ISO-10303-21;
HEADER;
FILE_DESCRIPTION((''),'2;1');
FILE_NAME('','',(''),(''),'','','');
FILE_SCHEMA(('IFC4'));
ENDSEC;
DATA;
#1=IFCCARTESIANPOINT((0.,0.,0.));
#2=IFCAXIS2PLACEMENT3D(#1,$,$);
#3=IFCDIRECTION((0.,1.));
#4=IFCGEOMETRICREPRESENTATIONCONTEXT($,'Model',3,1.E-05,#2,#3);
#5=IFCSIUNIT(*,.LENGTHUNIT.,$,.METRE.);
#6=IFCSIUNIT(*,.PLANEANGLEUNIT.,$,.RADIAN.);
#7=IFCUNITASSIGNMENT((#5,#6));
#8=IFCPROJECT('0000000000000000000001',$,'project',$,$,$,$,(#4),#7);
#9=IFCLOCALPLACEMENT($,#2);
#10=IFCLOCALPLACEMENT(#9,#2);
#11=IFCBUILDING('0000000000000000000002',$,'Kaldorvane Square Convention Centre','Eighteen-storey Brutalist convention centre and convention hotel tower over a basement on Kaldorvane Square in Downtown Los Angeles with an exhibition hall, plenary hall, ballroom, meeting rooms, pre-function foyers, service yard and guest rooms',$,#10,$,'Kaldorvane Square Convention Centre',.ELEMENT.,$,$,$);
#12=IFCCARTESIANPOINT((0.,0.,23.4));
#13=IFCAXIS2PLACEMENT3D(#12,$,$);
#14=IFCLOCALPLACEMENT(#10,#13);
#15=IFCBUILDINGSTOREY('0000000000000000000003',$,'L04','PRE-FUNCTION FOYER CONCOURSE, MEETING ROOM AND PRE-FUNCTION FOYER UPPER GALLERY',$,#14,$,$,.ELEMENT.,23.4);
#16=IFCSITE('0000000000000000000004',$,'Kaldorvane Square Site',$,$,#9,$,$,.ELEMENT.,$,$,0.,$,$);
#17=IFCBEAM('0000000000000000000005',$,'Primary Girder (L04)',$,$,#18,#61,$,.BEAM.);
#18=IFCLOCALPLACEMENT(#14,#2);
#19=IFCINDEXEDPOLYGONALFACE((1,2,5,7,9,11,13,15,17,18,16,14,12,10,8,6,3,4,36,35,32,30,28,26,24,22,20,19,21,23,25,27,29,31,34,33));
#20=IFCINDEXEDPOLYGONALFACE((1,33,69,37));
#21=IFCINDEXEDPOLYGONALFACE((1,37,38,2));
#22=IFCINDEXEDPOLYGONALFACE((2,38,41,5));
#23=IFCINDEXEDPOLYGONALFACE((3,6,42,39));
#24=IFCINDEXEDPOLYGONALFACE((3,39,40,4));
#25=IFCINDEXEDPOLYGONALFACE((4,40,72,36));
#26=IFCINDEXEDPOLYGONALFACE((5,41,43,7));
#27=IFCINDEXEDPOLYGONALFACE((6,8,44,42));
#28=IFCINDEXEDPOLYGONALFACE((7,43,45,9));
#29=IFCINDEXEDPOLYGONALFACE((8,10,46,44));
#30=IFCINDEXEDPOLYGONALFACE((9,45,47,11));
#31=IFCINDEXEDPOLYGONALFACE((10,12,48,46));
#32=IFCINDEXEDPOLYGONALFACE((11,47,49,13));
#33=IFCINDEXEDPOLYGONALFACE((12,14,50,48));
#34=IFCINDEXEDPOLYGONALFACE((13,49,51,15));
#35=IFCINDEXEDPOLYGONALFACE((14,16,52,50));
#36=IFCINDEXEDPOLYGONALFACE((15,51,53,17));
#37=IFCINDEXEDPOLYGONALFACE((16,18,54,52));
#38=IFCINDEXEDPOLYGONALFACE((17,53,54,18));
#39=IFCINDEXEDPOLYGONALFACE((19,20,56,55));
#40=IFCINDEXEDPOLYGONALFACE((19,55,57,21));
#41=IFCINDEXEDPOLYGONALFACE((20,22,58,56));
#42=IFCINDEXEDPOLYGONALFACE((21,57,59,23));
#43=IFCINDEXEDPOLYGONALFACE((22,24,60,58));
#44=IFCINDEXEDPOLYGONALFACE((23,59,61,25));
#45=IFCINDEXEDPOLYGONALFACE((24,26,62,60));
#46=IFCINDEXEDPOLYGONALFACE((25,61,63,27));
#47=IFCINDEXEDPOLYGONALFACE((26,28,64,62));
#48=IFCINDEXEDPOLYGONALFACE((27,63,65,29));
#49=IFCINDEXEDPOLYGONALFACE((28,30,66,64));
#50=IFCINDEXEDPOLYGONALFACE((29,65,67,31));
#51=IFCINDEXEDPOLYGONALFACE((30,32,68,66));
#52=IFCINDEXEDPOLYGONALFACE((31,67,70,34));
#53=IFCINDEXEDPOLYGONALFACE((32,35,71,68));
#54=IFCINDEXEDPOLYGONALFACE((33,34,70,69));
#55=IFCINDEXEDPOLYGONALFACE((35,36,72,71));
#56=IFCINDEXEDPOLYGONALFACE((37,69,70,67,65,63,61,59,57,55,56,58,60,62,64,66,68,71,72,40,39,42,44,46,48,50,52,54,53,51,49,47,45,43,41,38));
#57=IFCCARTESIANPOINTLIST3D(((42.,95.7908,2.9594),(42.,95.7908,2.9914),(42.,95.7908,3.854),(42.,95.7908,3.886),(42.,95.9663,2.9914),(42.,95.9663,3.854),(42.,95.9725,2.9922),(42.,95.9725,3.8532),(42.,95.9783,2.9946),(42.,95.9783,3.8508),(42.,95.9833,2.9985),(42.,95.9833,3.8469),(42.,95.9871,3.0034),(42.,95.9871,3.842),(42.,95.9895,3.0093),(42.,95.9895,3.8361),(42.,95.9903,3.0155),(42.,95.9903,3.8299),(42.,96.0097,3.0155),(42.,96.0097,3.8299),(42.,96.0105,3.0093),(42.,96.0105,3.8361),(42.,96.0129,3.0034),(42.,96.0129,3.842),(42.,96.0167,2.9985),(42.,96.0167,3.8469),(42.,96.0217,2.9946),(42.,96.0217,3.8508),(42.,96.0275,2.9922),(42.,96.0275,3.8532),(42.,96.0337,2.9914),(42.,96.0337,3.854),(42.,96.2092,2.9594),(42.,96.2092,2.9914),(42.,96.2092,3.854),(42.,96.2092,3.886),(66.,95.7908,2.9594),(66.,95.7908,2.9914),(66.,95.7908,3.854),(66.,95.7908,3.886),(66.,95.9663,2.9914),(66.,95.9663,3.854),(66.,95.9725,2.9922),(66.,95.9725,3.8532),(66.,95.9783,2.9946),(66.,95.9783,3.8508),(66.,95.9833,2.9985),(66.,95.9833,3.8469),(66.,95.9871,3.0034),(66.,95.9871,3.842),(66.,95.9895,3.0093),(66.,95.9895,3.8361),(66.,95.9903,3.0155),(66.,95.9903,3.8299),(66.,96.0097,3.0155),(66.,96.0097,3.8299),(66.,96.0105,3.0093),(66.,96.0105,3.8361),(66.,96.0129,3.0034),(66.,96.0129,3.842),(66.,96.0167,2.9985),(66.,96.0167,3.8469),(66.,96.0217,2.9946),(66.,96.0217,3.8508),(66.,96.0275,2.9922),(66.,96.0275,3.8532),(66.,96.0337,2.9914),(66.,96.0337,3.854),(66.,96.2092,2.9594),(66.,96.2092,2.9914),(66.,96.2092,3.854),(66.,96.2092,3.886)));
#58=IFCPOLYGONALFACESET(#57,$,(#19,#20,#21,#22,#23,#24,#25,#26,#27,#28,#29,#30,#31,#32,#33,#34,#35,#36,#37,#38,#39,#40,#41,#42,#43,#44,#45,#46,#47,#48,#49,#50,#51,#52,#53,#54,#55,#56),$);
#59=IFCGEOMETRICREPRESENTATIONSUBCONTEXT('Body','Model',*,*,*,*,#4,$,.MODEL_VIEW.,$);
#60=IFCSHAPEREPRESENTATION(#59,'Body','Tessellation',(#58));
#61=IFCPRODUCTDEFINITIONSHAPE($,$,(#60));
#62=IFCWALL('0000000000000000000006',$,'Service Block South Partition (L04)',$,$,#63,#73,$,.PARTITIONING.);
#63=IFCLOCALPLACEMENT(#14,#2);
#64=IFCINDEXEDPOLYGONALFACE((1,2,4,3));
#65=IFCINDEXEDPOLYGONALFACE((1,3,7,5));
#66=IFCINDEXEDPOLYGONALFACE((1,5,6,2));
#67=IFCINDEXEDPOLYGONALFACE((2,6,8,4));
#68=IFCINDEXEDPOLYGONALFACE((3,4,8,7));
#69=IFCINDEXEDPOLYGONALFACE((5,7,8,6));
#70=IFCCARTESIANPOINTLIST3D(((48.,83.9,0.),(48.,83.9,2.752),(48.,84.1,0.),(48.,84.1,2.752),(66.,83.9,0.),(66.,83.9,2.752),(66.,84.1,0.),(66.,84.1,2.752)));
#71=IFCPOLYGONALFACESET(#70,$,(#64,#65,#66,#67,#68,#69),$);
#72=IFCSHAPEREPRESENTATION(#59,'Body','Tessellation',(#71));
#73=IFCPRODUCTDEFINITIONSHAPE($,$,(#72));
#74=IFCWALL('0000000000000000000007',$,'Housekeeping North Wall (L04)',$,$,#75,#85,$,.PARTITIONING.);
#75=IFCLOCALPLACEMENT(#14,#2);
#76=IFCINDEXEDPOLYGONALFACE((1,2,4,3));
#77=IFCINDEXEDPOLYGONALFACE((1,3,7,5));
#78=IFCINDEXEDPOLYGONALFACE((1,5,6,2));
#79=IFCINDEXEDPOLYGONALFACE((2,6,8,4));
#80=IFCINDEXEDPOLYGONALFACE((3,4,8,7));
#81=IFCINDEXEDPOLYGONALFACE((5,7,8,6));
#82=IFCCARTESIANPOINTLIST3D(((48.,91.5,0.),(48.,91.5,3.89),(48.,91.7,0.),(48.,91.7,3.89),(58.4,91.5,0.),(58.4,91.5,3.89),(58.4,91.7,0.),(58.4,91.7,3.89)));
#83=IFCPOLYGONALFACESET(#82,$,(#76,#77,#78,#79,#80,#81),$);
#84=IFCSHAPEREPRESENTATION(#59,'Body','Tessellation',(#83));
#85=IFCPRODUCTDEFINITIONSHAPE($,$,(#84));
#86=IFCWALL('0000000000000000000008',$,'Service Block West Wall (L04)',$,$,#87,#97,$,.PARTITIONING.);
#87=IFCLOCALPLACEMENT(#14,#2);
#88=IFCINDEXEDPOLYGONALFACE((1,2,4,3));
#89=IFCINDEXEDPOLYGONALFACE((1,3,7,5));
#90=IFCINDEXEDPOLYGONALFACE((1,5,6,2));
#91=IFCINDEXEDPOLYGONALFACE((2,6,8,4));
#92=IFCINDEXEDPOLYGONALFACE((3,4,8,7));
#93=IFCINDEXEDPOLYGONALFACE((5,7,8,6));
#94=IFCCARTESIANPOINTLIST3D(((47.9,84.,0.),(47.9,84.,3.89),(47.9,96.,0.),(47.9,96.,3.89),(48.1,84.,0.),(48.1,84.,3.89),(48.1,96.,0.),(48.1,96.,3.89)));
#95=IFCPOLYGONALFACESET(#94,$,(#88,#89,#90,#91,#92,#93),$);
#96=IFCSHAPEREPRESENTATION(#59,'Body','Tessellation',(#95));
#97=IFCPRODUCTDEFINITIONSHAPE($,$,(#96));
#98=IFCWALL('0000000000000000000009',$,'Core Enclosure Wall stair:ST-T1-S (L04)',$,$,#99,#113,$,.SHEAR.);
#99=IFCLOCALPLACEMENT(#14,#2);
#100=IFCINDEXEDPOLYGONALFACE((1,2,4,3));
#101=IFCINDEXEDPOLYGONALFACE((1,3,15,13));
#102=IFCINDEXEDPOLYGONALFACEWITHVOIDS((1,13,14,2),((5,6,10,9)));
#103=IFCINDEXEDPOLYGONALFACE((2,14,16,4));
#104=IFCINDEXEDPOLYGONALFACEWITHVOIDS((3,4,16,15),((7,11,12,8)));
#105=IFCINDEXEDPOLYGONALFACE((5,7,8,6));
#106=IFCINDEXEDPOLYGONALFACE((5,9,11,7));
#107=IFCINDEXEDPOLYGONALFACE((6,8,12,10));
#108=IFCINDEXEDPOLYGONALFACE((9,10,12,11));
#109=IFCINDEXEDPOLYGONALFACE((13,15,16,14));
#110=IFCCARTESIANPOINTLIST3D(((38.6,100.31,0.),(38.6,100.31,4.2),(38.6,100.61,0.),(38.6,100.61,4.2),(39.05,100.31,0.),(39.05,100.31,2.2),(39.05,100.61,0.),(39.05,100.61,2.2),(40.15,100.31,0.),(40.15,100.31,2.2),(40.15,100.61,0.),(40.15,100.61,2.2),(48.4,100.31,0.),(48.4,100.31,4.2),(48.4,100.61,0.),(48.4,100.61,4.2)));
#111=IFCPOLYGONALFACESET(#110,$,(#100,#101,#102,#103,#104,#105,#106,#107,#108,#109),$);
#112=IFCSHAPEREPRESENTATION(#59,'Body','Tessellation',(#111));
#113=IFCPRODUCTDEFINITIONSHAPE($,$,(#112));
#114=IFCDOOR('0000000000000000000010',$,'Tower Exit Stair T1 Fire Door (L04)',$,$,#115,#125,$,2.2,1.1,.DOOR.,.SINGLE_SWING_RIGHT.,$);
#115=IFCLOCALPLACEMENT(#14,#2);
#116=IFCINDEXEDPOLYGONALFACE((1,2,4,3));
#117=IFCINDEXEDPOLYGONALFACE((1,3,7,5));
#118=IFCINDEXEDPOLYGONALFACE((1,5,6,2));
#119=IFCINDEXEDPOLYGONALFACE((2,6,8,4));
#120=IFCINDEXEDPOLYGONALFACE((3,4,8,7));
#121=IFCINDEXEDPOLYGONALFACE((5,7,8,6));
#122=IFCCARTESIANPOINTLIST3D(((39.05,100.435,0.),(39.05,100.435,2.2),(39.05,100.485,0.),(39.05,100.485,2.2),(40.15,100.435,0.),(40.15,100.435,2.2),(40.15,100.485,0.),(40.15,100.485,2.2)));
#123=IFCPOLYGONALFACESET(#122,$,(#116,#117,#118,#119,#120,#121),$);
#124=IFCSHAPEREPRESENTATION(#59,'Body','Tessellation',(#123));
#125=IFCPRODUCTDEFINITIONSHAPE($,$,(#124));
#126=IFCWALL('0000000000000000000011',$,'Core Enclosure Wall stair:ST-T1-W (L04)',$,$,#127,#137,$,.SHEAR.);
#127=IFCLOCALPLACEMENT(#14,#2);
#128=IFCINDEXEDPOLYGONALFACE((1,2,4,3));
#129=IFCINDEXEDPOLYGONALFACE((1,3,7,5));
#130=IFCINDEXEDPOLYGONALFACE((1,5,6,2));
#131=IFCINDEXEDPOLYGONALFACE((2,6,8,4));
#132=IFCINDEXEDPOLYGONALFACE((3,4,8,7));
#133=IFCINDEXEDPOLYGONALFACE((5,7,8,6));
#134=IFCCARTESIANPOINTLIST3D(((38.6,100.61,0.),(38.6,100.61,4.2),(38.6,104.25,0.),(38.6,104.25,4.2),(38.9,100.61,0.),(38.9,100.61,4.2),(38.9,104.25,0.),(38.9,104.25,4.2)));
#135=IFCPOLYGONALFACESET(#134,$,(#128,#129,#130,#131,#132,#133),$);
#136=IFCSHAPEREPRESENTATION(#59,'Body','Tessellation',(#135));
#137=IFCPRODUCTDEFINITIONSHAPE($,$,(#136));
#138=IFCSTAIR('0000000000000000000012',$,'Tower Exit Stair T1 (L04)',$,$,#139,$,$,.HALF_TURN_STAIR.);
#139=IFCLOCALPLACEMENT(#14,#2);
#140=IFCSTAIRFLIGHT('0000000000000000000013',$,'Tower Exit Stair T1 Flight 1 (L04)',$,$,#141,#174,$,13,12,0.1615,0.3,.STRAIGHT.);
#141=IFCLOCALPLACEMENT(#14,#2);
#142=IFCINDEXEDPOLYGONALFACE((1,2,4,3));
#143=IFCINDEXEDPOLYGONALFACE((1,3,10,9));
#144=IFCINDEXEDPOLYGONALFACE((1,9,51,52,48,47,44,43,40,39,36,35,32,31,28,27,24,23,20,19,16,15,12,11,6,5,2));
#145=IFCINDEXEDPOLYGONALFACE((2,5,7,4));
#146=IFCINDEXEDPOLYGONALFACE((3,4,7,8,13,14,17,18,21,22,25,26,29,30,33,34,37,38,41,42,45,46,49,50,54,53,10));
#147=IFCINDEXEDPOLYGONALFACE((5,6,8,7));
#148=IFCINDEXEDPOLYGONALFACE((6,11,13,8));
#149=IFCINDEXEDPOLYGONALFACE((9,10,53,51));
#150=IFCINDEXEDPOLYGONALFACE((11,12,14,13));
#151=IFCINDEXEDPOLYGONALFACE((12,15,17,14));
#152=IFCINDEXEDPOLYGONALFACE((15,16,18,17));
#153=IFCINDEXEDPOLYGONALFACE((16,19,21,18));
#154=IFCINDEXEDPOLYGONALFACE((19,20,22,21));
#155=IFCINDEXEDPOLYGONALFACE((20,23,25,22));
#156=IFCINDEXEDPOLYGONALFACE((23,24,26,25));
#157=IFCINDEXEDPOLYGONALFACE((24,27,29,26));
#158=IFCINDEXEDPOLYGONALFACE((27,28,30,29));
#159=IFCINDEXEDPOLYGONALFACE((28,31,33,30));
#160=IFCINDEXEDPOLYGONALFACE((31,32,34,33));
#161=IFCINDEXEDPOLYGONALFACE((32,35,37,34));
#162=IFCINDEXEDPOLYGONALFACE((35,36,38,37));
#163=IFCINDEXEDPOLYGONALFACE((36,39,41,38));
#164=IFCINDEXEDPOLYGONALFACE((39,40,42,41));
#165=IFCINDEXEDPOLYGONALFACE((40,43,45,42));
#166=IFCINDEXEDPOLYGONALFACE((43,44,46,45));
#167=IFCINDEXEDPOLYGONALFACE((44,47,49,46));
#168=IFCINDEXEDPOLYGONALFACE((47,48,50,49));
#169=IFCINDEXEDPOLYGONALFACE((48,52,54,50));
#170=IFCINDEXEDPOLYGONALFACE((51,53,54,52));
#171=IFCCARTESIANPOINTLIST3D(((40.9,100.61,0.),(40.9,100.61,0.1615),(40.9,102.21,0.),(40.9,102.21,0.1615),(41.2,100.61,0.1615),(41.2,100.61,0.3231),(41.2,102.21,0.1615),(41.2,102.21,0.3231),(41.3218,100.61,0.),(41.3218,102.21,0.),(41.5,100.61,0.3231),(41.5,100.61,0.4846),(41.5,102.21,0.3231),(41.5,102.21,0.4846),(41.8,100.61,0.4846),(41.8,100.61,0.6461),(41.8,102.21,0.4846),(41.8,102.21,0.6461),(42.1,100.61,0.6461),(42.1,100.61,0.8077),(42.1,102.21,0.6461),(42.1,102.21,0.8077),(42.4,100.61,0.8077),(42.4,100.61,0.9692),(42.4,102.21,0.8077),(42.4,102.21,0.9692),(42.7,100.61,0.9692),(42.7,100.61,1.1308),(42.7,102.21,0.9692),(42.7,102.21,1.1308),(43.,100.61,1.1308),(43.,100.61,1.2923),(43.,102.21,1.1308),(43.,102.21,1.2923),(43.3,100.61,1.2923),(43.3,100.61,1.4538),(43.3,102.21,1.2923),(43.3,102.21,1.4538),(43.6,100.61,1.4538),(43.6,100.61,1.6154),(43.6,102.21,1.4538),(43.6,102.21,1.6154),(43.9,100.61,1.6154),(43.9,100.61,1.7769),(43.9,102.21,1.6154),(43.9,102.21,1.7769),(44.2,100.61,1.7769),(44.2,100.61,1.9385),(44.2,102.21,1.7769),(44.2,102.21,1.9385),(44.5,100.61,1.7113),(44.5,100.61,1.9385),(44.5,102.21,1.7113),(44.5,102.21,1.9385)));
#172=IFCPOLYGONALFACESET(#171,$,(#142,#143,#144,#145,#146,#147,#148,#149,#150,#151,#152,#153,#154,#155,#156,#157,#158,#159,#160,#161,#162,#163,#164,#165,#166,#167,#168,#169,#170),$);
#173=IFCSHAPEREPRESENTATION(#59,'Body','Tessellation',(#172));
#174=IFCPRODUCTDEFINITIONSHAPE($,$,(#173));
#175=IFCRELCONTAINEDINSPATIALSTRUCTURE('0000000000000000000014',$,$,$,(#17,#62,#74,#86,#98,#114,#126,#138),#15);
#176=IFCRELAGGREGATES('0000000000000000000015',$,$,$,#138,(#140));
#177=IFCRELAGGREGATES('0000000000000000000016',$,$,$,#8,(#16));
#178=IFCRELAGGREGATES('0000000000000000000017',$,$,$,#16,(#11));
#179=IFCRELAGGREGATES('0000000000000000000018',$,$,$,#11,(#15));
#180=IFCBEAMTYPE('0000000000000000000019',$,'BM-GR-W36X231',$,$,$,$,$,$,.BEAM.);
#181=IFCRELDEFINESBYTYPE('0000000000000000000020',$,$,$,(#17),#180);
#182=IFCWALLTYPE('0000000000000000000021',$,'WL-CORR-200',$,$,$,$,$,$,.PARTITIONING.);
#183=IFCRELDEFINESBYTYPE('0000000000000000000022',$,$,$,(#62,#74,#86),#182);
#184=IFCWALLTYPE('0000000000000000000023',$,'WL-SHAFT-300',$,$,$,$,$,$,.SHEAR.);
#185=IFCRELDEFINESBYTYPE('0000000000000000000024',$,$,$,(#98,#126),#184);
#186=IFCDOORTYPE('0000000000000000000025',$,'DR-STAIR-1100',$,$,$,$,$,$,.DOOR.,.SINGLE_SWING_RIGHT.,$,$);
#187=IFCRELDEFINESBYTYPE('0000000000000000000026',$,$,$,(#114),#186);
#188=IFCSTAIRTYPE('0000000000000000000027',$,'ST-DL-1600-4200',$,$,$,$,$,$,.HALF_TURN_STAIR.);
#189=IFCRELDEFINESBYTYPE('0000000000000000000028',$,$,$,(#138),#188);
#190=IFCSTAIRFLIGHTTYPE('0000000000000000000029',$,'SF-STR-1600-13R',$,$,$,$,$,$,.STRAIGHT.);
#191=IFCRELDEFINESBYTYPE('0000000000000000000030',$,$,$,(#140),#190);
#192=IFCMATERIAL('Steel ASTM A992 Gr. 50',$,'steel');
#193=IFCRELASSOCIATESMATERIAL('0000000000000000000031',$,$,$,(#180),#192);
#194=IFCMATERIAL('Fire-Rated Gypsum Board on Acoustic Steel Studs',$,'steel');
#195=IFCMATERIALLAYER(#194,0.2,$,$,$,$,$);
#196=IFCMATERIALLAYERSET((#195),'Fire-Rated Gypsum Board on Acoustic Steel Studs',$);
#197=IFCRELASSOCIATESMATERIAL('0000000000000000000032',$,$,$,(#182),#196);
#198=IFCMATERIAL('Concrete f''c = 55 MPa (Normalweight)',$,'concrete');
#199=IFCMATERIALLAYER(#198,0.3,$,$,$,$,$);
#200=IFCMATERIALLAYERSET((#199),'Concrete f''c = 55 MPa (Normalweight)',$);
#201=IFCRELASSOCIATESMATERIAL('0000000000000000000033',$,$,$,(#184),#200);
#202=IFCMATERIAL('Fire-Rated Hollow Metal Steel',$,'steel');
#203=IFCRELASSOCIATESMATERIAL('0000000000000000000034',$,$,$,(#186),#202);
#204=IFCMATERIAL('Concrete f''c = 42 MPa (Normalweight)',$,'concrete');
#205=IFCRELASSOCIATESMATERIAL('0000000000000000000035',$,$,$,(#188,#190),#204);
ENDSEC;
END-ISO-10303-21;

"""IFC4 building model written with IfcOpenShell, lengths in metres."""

from ifc_helpers import new_model, si_unit, direction, frame, frame_2d, origin, origin_2d, place, context, subcontext, project, spatial, polyline, rectangle, i_section, outline, extrude, material, layer, layer_set, material_profile, profile_set, type_object, element, fill, aggregate, save


model = new_model("IFC4")

# Units and contexts
model_context = context("Model", 3, precision=1e-05, world=origin(), true_north=direction((0.0, 1.0)))
body_context = subcontext(model_context, "Body", "Model", "MODEL_VIEW")
ifc_project = project(units=[si_unit("LENGTHUNIT", "METRE"), si_unit("PLANEANGLEUNIT", "RADIAN")], contexts=[model_context])

# Site, building, storey
site_placement = place(None, origin())
site = spatial("IfcSite", under=ifc_project, at=site_placement, Name="Kaldorvane Square Site", CompositionType="ELEMENT", RefElevation=0.0)
building_placement = place(site_placement, origin())
building = spatial("IfcBuilding", under=site, at=building_placement, Name="Kaldorvane Square Convention Centre", Description="Eighteen-storey Brutalist convention centre and convention hotel tower over a basement on Kaldorvane Square in Downtown Los Angeles with an exhibition hall, plenary hall, ballroom, meeting rooms, pre-function foyers, service yard and guest rooms", LongName="Kaldorvane Square Convention Centre", CompositionType="ELEMENT")
storey_placement = place(building_placement, frame((0.0, 0.0, 23.4)))
storey = spatial("IfcBuildingStorey", under=building, at=storey_placement, Name="L04", Description="PRE-FUNCTION FOYER CONCOURSE, MEETING ROOM AND PRE-FUNCTION FOYER UPPER GALLERY", CompositionType="ELEMENT", Elevation=23.4)

# Shared definitions
ifc_material_1 = material(Name="Concrete f'c = 55 MPa (Normalweight)", Category="concrete")
ifc_material_2 = material(Name="Steel ASTM A992 Gr. 50", Category="steel")

# Beam
ifc_material_profile_1 = material_profile(ifc_material_2, i_section(OverallWidth=0.4183, OverallDepth=0.9266, WebThickness=0.0193, FlangeThickness=0.032, FilletRadius=0.0241, at=origin_2d()), Name="W36X231")
ifc_profile_set_1 = profile_set([ifc_material_profile_1], Name="Steel ASTM A992 Gr. 50")
beam_type_1 = type_object("IfcBeamType", Name="BM-GR-W36X231", PredefinedType="BEAM", material=ifc_profile_set_1)
beam_1_placement = place(storey_placement, frame((42.0, 96.0, 3.4227), z_axis=(1.0, 0.0, 0.0), x_axis=(0.0, 1.0, 0.0)))
element("IfcBeam", 1, at=beam_1_placement, inside=storey, type_object=beam_type_1, Name="Primary Girder (L04)", PredefinedType="BEAM", context=body_context, shape_type="SweptSolid", body=[
    extrude(i_section(OverallWidth=0.4183, OverallDepth=0.9266, WebThickness=0.0193, FlangeThickness=0.032, FilletRadius=0.0241, at=origin_2d()), origin(), (0.0, 0.0, 1.0), 24.0),
])

# Walls
ifc_material_3 = material(Name="Fire-Rated Gypsum Board on Acoustic Steel Studs", Category="steel")
ifc_layer_1 = layer(ifc_material_3, 0.2)
ifc_layer_set_1 = layer_set([ifc_layer_1], Name="Fire-Rated Gypsum Board on Acoustic Steel Studs")
wall_type_1 = type_object("IfcWallType", Name="WL-CORR-200", PredefinedType="PARTITIONING", material=ifc_layer_set_1)
wall_1_placement = place(storey_placement, frame((48.0, 84.0, 0.0), z_axis=(0.0, 0.0, 1.0), x_axis=(1.0, 0.0, 0.0)))
element("IfcWall", 2, at=wall_1_placement, inside=storey, type_object=wall_type_1, Name="Service Block South Partition (L04)", PredefinedType="PARTITIONING", context=body_context, shape_type="SweptSolid", body=[
    extrude(rectangle(XDim=18.0, YDim=0.2, at=frame_2d((9.0, 0.0))), origin(), (0.0, 0.0, 1.0), 2.752),
])
wall_2_placement = place(storey_placement, frame((48.0, 91.6, 0.0), z_axis=(0.0, 0.0, 1.0), x_axis=(1.0, 0.0, 0.0)))
element("IfcWall", 3, at=wall_2_placement, inside=storey, type_object=wall_type_1, Name="Housekeeping North Wall (L04)", PredefinedType="PARTITIONING", context=body_context, shape_type="SweptSolid", body=[
    extrude(rectangle(XDim=10.4, YDim=0.2, at=frame_2d((5.2, 0.0))), origin(), (0.0, 0.0, 1.0), 3.89),
])
wall_3_placement = place(storey_placement, frame((48.0, 84.0, 0.0), z_axis=(0.0, 0.0, 1.0), x_axis=(0.0, 1.0, 0.0)))
element("IfcWall", 4, at=wall_3_placement, inside=storey, type_object=wall_type_1, Name="Service Block West Wall (L04)", PredefinedType="PARTITIONING", context=body_context, shape_type="SweptSolid", body=[
    extrude(rectangle(XDim=12.0, YDim=0.2, at=frame_2d((6.0, 0.0))), origin(), (0.0, 0.0, 1.0), 3.89),
])

# Wall, opening, door
ifc_layer_2 = layer(ifc_material_1, 0.3)
ifc_layer_set_2 = layer_set([ifc_layer_2], Name="Concrete f'c = 55 MPa (Normalweight)")
wall_type_2 = type_object("IfcWallType", Name="WL-SHAFT-300", PredefinedType="SHEAR", material=ifc_layer_set_2)
wall_4_placement = place(storey_placement, frame((38.6, 100.46, 0.0), z_axis=(0.0, 0.0, 1.0), x_axis=(1.0, 0.0, 0.0)))
wall_4 = element("IfcWall", 5, at=wall_4_placement, inside=storey, type_object=wall_type_2, Name="Core Enclosure Wall stair:ST-T1-S (L04)", PredefinedType="SHEAR", context=body_context, shape_type="SweptSolid", body=[
    extrude(rectangle(XDim=9.8, YDim=0.3, at=frame_2d((4.9, 0.0))), origin(), (0.0, 0.0, 1.0), 4.2),
])
opening_placement = place(wall_4_placement, frame((0.45, 0.0, 0.0)))
opening = element("IfcOpeningElement", 6, at=opening_placement, cuts=wall_4, PredefinedType="OPENING", context=body_context, shape_type="SweptSolid", body=[
    extrude(rectangle(XDim=1.1, YDim=2.2, at=frame_2d((0.55, 1.1))), frame((0.0, 0.165, 0.0), z_axis=(0.0, -1.0, 0.0), x_axis=(1.0, 0.0, 0.0)), (0.0, 0.0, 1.0), 0.33),
])
ifc_material_4 = material(Name="Fire-Rated Hollow Metal Steel", Category="steel")
door_type = type_object("IfcDoorType", Name="DR-STAIR-1100", OperationType="SINGLE_SWING_RIGHT", PredefinedType="DOOR", material=ifc_material_4)
door_placement = place(opening_placement, origin())
door = element("IfcDoor", 7, at=door_placement, inside=storey, type_object=door_type, Name="Tower Exit Stair T1 Fire Door (L04)", OperationType="SINGLE_SWING_RIGHT", OverallHeight=2.2, OverallWidth=1.1, PredefinedType="DOOR", context=body_context, shape_type="SweptSolid", body=[
    extrude(rectangle(XDim=1.1, YDim=2.2, at=frame_2d((0.55, 1.1))), frame((0.0, 0.025, 0.0), z_axis=(0.0, -1.0, 0.0), x_axis=(1.0, 0.0, 0.0)), (0.0, 0.0, 1.0), 0.05),
])
fill(opening, door)

# Wall
wall_5_placement = place(storey_placement, frame((38.75, 104.25, 0.0), z_axis=(0.0, 0.0, 1.0), x_axis=(0.0, -1.0, 0.0)))
element("IfcWall", 8, at=wall_5_placement, inside=storey, type_object=wall_type_2, Name="Core Enclosure Wall stair:ST-T1-W (L04)", PredefinedType="SHEAR", context=body_context, shape_type="SweptSolid", body=[
    extrude(rectangle(XDim=3.64, YDim=0.3, at=frame_2d((1.82, 0.0))), origin(), (0.0, 0.0, 1.0), 4.2),
])

# Stair, stair flight
ifc_material_5 = material(Name="Concrete f'c = 42 MPa (Normalweight)", Category="concrete")
stair_type = type_object("IfcStairType", Name="ST-DL-1600-4200", PredefinedType="HALF_TURN_STAIR", material=ifc_material_5)
stair_placement = place(storey_placement, origin())
stair = element("IfcStair", 9, at=stair_placement, inside=storey, type_object=stair_type, Name="Tower Exit Stair T1 (L04)", PredefinedType="HALF_TURN_STAIR")
stair_flight_type = type_object("IfcStairFlightType", Name="SF-STR-1600-13R", PredefinedType="STRAIGHT", material=ifc_material_5)
stair_flight_1_placement = place(storey_placement, frame((40.9, 101.41, 0.0), z_axis=(0.0, 0.0, 1.0), x_axis=(1.0, 0.0, 0.0)))
stair_flight_1 = element("IfcStairFlight", 10, at=stair_flight_1_placement, type_object=stair_flight_type, Name="Tower Exit Stair T1 Flight 1 (L04)", NumberOfRisers=13, NumberOfTreads=12, PredefinedType="STRAIGHT", RiserHeight=0.1615, TreadLength=0.3, context=body_context, shape_type="SweptSolid", body=[
    extrude(outline(polyline([(0.0, 0.0), (0.0, 0.1615), (0.3, 0.1615), (0.3, 0.3231), (0.6, 0.3231), (0.6, 0.4846), (0.9, 0.4846), (0.9, 0.6461), (1.2, 0.6461), (1.2, 0.8077), (1.5, 0.8077), (1.5, 0.9692), (1.8, 0.9692), (1.8, 1.1308), (2.1, 1.1308), (2.1, 1.2923), (2.4, 1.2923), (2.4, 1.4538), (2.7, 1.4538), (2.7, 1.6154), (3.0, 1.6154), (3.0, 1.7769), (3.3, 1.7769), (3.3, 1.9385), (3.6, 1.9385), (3.6, 2.1), (3.6, 1.7113), (0.4218, 0.0), (0.0, 0.0)])), frame((0.0, 0.8, 0.0), z_axis=(0.0, -1.0, 0.0), x_axis=(1.0, 0.0, 0.0)), (0.0, 0.0, 1.0), 1.6),
])
aggregate(stair, [stair_flight_1])

save(model, "model.ifc")
